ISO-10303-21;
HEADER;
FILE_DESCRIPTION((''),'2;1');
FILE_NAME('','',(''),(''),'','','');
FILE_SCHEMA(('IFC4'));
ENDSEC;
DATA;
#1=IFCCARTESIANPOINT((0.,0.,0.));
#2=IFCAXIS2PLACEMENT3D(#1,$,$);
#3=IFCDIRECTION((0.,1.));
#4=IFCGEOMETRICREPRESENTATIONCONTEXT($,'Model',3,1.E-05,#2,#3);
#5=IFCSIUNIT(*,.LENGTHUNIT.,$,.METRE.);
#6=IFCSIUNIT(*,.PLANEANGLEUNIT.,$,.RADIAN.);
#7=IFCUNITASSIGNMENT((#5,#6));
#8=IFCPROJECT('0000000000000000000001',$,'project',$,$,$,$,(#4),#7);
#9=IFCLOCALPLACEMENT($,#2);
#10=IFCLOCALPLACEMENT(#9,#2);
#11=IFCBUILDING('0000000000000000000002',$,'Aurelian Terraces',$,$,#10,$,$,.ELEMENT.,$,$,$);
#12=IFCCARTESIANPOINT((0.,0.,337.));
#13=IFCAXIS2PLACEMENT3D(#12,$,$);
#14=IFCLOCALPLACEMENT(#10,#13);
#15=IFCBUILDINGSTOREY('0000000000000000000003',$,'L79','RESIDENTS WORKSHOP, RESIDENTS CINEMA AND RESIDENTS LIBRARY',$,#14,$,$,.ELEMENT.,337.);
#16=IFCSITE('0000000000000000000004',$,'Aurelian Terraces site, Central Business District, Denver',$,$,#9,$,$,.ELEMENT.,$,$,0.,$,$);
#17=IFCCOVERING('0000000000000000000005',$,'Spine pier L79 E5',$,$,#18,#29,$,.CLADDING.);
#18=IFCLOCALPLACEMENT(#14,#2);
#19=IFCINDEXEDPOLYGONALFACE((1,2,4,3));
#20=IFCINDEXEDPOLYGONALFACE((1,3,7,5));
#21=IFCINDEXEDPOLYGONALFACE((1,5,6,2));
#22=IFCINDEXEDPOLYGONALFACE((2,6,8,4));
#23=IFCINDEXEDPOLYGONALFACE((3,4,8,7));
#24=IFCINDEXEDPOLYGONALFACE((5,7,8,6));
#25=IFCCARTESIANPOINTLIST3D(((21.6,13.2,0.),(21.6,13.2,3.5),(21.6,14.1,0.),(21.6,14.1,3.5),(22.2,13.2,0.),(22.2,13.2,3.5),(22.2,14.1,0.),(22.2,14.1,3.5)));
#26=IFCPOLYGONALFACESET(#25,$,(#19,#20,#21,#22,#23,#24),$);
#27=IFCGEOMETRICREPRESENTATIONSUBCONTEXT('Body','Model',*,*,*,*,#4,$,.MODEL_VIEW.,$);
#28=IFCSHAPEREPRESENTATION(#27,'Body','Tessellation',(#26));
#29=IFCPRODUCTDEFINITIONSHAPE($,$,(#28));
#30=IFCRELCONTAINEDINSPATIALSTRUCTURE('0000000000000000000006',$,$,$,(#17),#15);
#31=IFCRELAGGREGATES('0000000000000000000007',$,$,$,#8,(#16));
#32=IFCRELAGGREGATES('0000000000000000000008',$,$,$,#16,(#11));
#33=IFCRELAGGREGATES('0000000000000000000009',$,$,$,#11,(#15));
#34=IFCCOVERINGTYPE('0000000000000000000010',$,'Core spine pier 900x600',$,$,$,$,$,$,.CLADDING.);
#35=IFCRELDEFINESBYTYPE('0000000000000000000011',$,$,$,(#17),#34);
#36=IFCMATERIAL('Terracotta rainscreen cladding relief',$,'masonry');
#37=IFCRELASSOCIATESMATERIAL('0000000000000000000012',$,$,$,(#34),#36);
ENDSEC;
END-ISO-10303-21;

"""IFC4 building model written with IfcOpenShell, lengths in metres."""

from ifc_helpers import new_model, si_unit, direction, frame, origin, origin_2d, place, context, subcontext, project, spatial, rectangle, extrude, source, transform, mapped, material, type_object, element, save


model = new_model("IFC4")

# Units and contexts
model_context = context("Model", 3, precision=1e-05, world=origin(), true_north=direction((0.0, 1.0)))
body_context = subcontext(model_context, "Body", "Model", "MODEL_VIEW")
ifc_project = project(units=[si_unit("LENGTHUNIT", "METRE"), si_unit("PLANEANGLEUNIT", "RADIAN")], contexts=[model_context])

# Site, building, storey
site_placement = place(None, origin())
site = spatial("IfcSite", under=ifc_project, at=site_placement, Name="Aurelian Terraces site, Central Business District, Denver", CompositionType="ELEMENT", RefElevation=0.0)
building_placement = place(site_placement, origin())
building = spatial("IfcBuilding", under=site, at=building_placement, Name="Aurelian Terraces", CompositionType="ELEMENT")
storey_placement = place(building_placement, frame((0.0, 0.0, 337.0)))
storey = spatial("IfcBuildingStorey", under=building, at=storey_placement, Name="L79", Description="RESIDENTS WORKSHOP, RESIDENTS CINEMA AND RESIDENTS LIBRARY", CompositionType="ELEMENT", Elevation=337.0)

# Covering
ifc_material_1 = material(Name="Terracotta rainscreen cladding relief", Category="masonry")
covering_type_1 = type_object("IfcCoveringType", Name="Core spine pier 900x600", PredefinedType="CLADDING", material=ifc_material_1)
shared_shape_1 = source(origin(), body_context, "Body", "SweptSolid", [
    extrude(rectangle(XDim=0.6, YDim=0.9, at=origin_2d()), origin(), (0.0, 0.0, 1.0), 3.5),
])
for number, where, z_axis, x_axis, name in (
    (1, (21.9, 13.65, 0.0), (0.0, 0.0, 1.0), (1.0, 0.0, 0.0), "Spine pier L79 E5"),
):
    element("IfcCovering", number, at=place(storey_placement, frame(where, z_axis=z_axis, x_axis=x_axis)), inside=storey, type_object=covering_type_1, Name=name, PredefinedType="CLADDING", context=body_context, shape_type="MappedRepresentation", body=[
        mapped(shared_shape_1, transform((0.0, 0.0, 0.0), scale=1.0)),
    ])

save(model, "model.ifc")
